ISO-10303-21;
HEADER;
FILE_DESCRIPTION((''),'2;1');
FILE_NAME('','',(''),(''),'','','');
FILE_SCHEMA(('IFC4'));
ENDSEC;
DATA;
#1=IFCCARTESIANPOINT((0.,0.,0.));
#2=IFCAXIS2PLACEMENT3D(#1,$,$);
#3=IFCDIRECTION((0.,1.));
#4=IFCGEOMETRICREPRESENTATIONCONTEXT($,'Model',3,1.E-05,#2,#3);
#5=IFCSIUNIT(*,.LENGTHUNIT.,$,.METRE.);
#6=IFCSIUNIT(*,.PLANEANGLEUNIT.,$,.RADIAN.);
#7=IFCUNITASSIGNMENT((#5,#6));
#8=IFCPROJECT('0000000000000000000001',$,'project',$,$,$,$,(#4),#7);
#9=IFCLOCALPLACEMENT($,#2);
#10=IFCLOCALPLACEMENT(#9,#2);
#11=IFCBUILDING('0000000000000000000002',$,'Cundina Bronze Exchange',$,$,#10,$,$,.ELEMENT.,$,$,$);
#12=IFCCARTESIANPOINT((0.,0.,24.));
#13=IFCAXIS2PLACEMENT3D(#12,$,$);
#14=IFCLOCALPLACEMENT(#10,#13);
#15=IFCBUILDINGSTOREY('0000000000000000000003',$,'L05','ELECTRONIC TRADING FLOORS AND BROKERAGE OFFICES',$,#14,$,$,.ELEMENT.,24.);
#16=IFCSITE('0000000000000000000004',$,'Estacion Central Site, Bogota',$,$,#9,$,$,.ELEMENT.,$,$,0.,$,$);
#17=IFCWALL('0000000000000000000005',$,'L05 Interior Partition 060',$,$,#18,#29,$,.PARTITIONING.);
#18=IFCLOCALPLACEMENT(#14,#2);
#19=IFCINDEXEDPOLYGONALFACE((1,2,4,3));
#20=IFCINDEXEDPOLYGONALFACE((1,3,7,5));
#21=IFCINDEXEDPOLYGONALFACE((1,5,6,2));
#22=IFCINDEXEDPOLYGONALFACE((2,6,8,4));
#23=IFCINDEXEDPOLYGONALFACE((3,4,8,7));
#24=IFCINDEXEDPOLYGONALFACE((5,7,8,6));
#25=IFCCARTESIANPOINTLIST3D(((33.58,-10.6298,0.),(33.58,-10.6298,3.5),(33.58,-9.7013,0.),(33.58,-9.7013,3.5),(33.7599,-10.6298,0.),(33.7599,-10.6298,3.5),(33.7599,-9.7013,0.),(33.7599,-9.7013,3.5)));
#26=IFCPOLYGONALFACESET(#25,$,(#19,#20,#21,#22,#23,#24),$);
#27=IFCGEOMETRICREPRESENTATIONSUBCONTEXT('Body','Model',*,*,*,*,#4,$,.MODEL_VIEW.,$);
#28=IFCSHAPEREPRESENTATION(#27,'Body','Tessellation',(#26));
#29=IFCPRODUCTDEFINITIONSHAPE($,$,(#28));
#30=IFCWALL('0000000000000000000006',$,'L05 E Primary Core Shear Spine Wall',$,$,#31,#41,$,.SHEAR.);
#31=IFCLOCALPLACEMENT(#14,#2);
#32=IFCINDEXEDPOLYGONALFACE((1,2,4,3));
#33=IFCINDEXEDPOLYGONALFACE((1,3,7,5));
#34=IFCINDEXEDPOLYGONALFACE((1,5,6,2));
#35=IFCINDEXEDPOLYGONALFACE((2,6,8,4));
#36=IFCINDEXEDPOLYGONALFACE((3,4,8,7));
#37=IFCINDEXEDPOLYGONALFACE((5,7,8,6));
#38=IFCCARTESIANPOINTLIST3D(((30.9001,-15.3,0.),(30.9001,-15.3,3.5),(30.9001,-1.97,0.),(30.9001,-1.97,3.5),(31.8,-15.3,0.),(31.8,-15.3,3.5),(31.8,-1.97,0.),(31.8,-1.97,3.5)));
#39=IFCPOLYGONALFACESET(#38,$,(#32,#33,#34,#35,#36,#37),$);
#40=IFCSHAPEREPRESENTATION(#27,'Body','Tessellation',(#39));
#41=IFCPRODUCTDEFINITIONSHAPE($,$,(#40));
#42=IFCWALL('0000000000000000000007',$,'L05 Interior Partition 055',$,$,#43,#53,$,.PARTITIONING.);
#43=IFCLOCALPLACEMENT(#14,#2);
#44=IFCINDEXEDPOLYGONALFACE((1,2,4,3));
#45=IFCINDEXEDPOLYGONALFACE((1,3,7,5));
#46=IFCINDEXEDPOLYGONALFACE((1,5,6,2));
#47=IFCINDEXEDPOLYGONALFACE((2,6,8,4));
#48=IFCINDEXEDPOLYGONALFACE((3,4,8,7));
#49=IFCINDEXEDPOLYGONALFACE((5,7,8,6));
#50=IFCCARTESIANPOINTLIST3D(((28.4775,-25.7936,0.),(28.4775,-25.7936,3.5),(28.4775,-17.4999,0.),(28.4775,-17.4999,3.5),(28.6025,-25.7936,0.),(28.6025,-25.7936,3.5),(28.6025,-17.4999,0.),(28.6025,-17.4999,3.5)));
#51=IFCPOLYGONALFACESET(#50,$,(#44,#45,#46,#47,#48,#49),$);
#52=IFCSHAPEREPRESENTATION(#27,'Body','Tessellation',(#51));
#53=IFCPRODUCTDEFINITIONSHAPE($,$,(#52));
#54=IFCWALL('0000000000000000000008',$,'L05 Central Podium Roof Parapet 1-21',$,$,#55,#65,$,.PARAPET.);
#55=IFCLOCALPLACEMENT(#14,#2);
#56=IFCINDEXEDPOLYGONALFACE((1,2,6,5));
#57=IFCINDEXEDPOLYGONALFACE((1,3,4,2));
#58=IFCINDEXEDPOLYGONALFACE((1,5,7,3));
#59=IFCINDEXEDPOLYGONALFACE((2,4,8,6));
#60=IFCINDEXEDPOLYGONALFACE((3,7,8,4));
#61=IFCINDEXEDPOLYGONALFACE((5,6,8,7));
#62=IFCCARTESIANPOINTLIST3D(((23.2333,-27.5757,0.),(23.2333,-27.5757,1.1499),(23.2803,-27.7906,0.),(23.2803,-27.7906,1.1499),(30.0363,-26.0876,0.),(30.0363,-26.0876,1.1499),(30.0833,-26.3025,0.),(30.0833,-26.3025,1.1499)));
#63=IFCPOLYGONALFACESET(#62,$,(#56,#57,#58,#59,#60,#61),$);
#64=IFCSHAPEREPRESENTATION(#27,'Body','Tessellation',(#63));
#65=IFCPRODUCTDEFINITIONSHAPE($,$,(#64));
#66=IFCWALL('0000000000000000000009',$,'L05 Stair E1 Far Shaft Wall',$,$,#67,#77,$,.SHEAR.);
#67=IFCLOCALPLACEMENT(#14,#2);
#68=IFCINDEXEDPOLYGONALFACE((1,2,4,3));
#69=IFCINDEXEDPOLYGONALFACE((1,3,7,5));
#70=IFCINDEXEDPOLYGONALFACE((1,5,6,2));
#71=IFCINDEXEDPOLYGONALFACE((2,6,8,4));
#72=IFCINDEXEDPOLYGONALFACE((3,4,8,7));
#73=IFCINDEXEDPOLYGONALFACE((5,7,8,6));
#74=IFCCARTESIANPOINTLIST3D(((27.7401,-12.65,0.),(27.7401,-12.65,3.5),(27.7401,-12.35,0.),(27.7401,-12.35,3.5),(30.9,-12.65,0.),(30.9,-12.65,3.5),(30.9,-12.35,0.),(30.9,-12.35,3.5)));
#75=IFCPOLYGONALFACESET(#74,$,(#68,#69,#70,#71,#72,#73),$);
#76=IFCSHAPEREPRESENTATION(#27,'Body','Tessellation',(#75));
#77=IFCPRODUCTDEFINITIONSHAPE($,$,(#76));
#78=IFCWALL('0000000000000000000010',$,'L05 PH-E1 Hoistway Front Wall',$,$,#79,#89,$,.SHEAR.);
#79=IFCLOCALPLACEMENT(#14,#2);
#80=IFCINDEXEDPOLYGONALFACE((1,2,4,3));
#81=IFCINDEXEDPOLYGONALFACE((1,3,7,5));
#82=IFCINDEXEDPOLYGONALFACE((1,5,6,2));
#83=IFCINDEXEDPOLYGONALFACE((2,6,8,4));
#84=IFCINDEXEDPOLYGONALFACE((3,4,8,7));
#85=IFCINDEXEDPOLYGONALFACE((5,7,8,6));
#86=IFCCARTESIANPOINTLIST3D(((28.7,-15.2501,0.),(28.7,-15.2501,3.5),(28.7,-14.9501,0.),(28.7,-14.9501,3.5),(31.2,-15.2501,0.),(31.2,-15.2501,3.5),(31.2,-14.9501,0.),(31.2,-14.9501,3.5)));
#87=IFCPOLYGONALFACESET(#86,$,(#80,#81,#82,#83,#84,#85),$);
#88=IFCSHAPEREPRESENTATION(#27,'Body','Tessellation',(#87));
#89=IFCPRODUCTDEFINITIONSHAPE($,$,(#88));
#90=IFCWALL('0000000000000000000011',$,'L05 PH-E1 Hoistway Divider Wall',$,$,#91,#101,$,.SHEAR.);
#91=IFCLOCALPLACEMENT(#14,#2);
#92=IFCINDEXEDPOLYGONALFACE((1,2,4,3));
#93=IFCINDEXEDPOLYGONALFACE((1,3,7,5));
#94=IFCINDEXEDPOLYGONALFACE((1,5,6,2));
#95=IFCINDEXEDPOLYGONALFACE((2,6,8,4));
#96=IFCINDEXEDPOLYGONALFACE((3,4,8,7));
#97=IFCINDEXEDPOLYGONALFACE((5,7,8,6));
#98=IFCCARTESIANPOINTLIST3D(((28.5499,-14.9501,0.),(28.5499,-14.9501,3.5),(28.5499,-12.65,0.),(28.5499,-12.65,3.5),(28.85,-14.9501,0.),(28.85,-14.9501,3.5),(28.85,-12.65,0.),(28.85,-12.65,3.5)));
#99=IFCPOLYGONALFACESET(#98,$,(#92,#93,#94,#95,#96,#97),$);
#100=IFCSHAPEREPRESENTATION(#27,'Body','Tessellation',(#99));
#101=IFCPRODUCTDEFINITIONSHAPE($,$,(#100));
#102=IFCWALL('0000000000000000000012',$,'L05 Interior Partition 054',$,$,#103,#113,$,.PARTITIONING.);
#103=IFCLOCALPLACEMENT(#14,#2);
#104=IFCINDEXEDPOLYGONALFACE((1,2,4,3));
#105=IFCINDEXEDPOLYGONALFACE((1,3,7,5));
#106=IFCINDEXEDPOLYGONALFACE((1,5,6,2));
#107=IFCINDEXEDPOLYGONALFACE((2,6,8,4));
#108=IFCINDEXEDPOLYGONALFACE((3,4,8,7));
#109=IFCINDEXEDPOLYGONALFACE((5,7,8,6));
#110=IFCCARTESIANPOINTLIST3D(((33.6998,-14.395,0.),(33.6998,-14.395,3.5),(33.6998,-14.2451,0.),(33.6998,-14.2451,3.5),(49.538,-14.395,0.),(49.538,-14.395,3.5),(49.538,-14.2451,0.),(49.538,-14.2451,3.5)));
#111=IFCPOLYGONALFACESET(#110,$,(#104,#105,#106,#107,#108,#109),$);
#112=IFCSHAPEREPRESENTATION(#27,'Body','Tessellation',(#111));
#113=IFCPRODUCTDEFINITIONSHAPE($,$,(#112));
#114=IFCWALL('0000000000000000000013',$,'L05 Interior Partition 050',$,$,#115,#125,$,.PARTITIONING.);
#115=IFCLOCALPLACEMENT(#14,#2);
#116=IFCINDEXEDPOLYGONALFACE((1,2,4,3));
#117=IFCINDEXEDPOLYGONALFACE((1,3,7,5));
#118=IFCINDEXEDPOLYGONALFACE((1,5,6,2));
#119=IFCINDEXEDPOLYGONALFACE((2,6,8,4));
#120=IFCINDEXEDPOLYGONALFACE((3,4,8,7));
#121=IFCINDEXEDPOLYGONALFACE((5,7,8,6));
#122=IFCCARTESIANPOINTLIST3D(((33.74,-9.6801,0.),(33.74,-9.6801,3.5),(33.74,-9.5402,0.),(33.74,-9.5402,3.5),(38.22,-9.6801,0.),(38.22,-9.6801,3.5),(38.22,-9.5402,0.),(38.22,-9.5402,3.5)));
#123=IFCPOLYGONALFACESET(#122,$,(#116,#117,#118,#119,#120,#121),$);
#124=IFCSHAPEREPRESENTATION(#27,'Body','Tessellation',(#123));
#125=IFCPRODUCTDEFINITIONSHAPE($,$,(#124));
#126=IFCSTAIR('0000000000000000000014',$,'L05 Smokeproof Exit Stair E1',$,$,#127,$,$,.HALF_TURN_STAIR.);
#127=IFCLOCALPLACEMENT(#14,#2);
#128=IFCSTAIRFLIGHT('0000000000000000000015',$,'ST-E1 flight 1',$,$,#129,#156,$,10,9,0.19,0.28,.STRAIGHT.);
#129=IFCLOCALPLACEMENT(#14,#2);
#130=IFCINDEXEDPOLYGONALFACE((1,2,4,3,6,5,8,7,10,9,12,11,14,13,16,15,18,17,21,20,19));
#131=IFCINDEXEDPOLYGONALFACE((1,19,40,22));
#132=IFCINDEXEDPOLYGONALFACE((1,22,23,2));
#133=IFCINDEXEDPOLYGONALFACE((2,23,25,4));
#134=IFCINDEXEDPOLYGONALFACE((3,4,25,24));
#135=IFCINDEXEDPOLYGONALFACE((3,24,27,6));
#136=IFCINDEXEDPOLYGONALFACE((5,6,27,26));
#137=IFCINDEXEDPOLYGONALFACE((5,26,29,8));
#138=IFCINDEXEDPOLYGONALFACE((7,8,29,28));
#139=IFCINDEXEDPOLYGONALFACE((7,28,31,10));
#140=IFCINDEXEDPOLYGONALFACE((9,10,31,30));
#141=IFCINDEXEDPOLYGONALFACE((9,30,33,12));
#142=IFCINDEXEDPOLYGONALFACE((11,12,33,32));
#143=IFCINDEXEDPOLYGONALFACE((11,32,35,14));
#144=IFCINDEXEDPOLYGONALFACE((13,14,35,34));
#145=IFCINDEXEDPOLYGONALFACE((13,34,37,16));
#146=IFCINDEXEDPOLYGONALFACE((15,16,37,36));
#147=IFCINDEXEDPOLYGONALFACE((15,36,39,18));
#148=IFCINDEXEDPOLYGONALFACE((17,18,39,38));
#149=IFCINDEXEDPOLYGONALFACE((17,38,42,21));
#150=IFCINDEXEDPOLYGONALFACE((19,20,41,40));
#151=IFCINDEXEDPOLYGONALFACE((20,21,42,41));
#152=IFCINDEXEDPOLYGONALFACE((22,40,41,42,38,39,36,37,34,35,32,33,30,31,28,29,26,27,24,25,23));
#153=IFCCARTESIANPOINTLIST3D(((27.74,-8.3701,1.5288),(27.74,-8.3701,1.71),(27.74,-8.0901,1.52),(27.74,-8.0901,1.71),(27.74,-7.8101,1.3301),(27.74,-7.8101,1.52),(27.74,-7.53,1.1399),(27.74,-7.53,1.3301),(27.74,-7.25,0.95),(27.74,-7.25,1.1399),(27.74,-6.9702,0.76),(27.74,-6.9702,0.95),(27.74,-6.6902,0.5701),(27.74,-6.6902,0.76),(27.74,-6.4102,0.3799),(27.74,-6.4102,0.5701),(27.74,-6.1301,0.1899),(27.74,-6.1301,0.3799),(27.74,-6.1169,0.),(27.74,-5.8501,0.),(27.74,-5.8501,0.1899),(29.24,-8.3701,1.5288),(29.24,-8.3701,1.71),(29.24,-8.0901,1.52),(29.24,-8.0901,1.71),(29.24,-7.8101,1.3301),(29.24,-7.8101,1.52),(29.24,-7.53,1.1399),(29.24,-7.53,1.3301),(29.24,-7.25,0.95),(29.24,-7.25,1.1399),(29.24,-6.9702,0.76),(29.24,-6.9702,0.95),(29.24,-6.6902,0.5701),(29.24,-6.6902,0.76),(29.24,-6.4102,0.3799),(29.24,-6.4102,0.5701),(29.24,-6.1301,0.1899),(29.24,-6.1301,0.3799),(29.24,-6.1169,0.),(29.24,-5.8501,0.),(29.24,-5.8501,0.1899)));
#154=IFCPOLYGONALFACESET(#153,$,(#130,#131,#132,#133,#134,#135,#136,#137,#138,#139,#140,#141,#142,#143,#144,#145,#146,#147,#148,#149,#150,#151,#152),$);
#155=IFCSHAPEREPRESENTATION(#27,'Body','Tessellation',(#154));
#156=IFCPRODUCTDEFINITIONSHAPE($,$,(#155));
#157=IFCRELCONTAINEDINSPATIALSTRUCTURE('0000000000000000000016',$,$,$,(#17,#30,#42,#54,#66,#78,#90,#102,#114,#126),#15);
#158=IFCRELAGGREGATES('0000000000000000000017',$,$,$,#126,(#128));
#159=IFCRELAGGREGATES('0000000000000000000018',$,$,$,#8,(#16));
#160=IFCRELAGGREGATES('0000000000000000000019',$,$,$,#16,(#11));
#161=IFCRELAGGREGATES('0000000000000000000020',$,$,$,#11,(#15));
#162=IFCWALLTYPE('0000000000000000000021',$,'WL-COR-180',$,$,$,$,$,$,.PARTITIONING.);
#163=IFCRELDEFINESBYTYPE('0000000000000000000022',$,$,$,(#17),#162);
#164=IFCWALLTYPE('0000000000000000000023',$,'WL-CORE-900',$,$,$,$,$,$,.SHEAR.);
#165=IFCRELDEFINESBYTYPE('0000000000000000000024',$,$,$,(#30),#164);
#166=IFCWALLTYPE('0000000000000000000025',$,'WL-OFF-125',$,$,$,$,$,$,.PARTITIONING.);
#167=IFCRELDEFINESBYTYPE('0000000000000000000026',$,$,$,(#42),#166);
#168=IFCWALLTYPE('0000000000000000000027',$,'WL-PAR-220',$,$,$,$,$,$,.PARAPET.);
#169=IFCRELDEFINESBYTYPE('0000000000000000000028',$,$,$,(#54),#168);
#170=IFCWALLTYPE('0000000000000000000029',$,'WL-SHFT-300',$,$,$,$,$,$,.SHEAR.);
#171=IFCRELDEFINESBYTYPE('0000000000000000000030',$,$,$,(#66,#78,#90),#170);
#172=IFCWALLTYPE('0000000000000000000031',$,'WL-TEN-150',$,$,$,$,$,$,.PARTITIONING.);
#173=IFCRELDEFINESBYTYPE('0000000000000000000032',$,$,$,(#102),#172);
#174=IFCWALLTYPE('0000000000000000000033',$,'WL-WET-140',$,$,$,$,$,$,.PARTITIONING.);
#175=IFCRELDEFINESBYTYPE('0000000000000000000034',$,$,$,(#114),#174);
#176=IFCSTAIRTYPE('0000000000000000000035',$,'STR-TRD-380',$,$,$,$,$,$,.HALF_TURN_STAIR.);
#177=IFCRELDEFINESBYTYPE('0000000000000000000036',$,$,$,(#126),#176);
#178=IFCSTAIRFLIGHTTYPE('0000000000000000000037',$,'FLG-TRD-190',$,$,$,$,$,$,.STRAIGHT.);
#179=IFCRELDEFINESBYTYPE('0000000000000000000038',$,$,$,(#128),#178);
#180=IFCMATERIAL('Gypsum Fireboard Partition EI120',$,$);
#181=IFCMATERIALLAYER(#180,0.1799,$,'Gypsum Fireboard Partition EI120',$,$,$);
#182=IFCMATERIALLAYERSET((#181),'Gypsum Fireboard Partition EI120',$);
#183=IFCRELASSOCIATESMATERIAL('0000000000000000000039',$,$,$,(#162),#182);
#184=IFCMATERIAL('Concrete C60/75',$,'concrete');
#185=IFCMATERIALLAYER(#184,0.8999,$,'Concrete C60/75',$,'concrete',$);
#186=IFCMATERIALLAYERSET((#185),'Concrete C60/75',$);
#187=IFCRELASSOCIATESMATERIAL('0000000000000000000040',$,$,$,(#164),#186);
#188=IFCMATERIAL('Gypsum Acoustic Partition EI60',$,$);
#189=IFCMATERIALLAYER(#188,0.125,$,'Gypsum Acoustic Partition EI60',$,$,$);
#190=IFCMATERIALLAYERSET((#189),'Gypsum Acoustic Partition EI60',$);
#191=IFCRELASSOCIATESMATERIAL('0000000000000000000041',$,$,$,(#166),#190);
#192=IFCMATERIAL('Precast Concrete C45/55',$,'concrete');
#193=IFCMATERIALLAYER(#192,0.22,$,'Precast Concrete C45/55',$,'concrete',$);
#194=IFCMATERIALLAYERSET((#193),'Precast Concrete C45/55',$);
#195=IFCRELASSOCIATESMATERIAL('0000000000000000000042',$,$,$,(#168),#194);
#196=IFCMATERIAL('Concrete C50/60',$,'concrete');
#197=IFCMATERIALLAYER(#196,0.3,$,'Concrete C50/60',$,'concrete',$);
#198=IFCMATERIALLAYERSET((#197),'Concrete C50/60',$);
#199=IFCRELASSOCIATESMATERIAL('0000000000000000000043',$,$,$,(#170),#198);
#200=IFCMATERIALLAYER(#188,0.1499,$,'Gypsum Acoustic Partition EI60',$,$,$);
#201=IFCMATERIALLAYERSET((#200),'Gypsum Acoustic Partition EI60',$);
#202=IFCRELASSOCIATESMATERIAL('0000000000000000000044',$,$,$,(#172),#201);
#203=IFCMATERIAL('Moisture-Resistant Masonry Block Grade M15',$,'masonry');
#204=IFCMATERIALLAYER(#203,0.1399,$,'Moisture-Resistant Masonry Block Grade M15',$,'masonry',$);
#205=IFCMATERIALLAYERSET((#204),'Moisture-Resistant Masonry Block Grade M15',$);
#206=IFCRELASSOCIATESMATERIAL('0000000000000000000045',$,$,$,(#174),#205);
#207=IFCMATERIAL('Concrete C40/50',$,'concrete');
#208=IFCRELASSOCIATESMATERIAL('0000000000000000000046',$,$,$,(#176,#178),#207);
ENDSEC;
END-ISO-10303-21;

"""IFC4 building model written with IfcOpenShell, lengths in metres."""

from ifc_helpers import new_model, si_unit, direction, frame, frame_2d, origin, place, context, subcontext, project, spatial, polyline, rectangle, outline, extrude, material, layer, layer_set, type_object, element, aggregate, save


model = new_model("IFC4")

# Units and contexts
model_context = context("Model", 3, precision=1e-05, world=origin(), true_north=direction((0.0, 1.0)))
body_context = subcontext(model_context, "Body", "Model", "MODEL_VIEW")
ifc_project = project(units=[si_unit("LENGTHUNIT", "METRE"), si_unit("PLANEANGLEUNIT", "RADIAN")], contexts=[model_context])

# Site, building, storey
site_placement = place(None, origin())
site = spatial("IfcSite", under=ifc_project, at=site_placement, Name="Estacion Central Site, Bogota", CompositionType="ELEMENT", RefElevation=0.0)
building_placement = place(site_placement, origin())
building = spatial("IfcBuilding", under=site, at=building_placement, Name="Cundina Bronze Exchange", CompositionType="ELEMENT")
storey_placement = place(building_placement, frame((0.0, 0.0, 24.0)))
storey = spatial("IfcBuildingStorey", under=building, at=storey_placement, Name="L05", Description="ELECTRONIC TRADING FLOORS AND BROKERAGE OFFICES", CompositionType="ELEMENT", Elevation=24.0)

# Shared definitions
ifc_material_1 = material(Name="Concrete C60/75", Category="concrete")

# Shared definitions
ifc_material_2 = material(Name="Gypsum Fireboard Partition EI120")
ifc_layer_1 = layer(ifc_material_2, 0.1799, Name="Gypsum Fireboard Partition EI120")
ifc_layer_set_1 = layer_set([ifc_layer_1], Name="Gypsum Fireboard Partition EI120")
wall_type_1 = type_object("IfcWallType", Name="WL-COR-180", PredefinedType="PARTITIONING", material=ifc_layer_set_1)

# Walls
wall_1_placement = place(storey_placement, frame((33.6699, -10.6299, 0.0), z_axis=(0.0, 0.0, 1.0), x_axis=(0.0, 1.0, 0.0)))
element("IfcWall", 1, at=wall_1_placement, inside=storey, type_object=wall_type_1, Name="L05 Interior Partition 060", PredefinedType="PARTITIONING", context=body_context, shape_type="SweptSolid", body=[
    extrude(rectangle(XDim=0.9285, YDim=0.1799, at=frame_2d((0.4644, 0.0))), origin(), (0.0, 0.0, 1.0), 3.5),
])
ifc_layer_2 = layer(ifc_material_1, 0.8999, Name="Concrete C60/75", Category="concrete")
ifc_layer_set_2 = layer_set([ifc_layer_2], Name="Concrete C60/75")
wall_type_2 = type_object("IfcWallType", Name="WL-CORE-900", PredefinedType="SHEAR", material=ifc_layer_set_2)
wall_2_placement = place(storey_placement, frame((31.3501, -15.3, 0.0), z_axis=(0.0, 0.0, 1.0), x_axis=(0.0, 1.0, 0.0)))
element("IfcWall", 2, at=wall_2_placement, inside=storey, type_object=wall_type_2, Name="L05 E Primary Core Shear Spine Wall", PredefinedType="SHEAR", context=body_context, shape_type="SweptSolid", body=[
    extrude(rectangle(XDim=13.3301, YDim=0.8999, at=frame_2d((6.665, 0.0))), origin(), (0.0, 0.0, 1.0), 3.5),
])
ifc_material_3 = material(Name="Gypsum Acoustic Partition EI60")
ifc_layer_3 = layer(ifc_material_3, 0.125, Name="Gypsum Acoustic Partition EI60")
ifc_layer_set_3 = layer_set([ifc_layer_3], Name="Gypsum Acoustic Partition EI60")
wall_type_3 = type_object("IfcWallType", Name="WL-OFF-125", PredefinedType="PARTITIONING", material=ifc_layer_set_3)
wall_3_placement = place(storey_placement, frame((28.54, -25.7937, 0.0), z_axis=(0.0, 0.0, 1.0), x_axis=(0.0, 1.0, 0.0)))
element("IfcWall", 3, at=wall_3_placement, inside=storey, type_object=wall_type_3, Name="L05 Interior Partition 055", PredefinedType="PARTITIONING", context=body_context, shape_type="SweptSolid", body=[
    extrude(rectangle(XDim=8.2937, YDim=0.125, at=frame_2d((4.147, 0.0))), origin(), (0.0, 0.0, 1.0), 3.5),
])
ifc_material_4 = material(Name="Precast Concrete C45/55", Category="concrete")
ifc_layer_4 = layer(ifc_material_4, 0.22, Name="Precast Concrete C45/55", Category="concrete")
ifc_layer_set_4 = layer_set([ifc_layer_4], Name="Precast Concrete C45/55")
wall_type_4 = type_object("IfcWallType", Name="WL-PAR-220", PredefinedType="PARAPET", material=ifc_layer_set_4)
wall_4_placement = place(storey_placement, frame((30.0598, -26.1951, 0.0), z_axis=(0.0, 0.0, 1.0), x_axis=(-0.976903, -0.213681, 0.0)))
element("IfcWall", 4, at=wall_4_placement, inside=storey, type_object=wall_type_4, Name="L05 Central Podium Roof Parapet 1-21", PredefinedType="PARAPET", context=body_context, shape_type="SweptSolid", body=[
    extrude(rectangle(XDim=6.9639, YDim=0.22, at=frame_2d((3.4819, 0.0))), origin(), (0.0, 0.0, 1.0), 1.1499),
])
ifc_material_5 = material(Name="Concrete C50/60", Category="concrete")
ifc_layer_5 = layer(ifc_material_5, 0.3, Name="Concrete C50/60", Category="concrete")
ifc_layer_set_5 = layer_set([ifc_layer_5], Name="Concrete C50/60")
wall_type_5 = type_object("IfcWallType", Name="WL-SHFT-300", PredefinedType="SHEAR", material=ifc_layer_set_5)
wall_5_placement = place(storey_placement, frame((27.74, -12.5, 0.0), z_axis=(0.0, 0.0, 1.0), x_axis=(1.0, 0.0, 0.0)))
element("IfcWall", 5, at=wall_5_placement, inside=storey, type_object=wall_type_5, Name="L05 Stair E1 Far Shaft Wall", PredefinedType="SHEAR", context=body_context, shape_type="SweptSolid", body=[
    extrude(rectangle(XDim=3.1599, YDim=0.3, at=frame_2d((1.5801, 0.0))), origin(), (0.0, 0.0, 1.0), 3.5),
])
wall_6_placement = place(storey_placement, frame((28.7, -15.1001, 0.0), z_axis=(0.0, 0.0, 1.0), x_axis=(1.0, 0.0, 0.0)))
element("IfcWall", 6, at=wall_6_placement, inside=storey, type_object=wall_type_5, Name="L05 PH-E1 Hoistway Front Wall", PredefinedType="SHEAR", context=body_context, shape_type="SweptSolid", body=[
    extrude(rectangle(XDim=2.5, YDim=0.3, at=frame_2d((1.25, 0.0))), origin(), (0.0, 0.0, 1.0), 3.5),
])
wall_7_placement = place(storey_placement, frame((28.7, -14.95, 0.0), z_axis=(0.0, 0.0, 1.0), x_axis=(0.0, 1.0, 0.0)))
element("IfcWall", 7, at=wall_7_placement, inside=storey, type_object=wall_type_5, Name="L05 PH-E1 Hoistway Divider Wall", PredefinedType="SHEAR", context=body_context, shape_type="SweptSolid", body=[
    extrude(rectangle(XDim=2.3, YDim=0.3, at=frame_2d((1.1499, 0.0))), origin(), (0.0, 0.0, 1.0), 3.5),
])
ifc_layer_6 = layer(ifc_material_3, 0.1499, Name="Gypsum Acoustic Partition EI60")
ifc_layer_set_6 = layer_set([ifc_layer_6], Name="Gypsum Acoustic Partition EI60")
wall_type_6 = type_object("IfcWallType", Name="WL-TEN-150", PredefinedType="PARTITIONING", material=ifc_layer_set_6)
wall_8_placement = place(storey_placement, frame((33.7, -14.3201, 0.0), z_axis=(0.0, 0.0, 1.0), x_axis=(1.0, 0.0, 0.0)))
element("IfcWall", 8, at=wall_8_placement, inside=storey, type_object=wall_type_6, Name="L05 Interior Partition 054", PredefinedType="PARTITIONING", context=body_context, shape_type="SweptSolid", body=[
    extrude(rectangle(XDim=15.8381, YDim=0.1499, at=frame_2d((7.9189, 0.0))), origin(), (0.0, 0.0, 1.0), 3.5),
])
ifc_material_6 = material(Name="Moisture-Resistant Masonry Block Grade M15", Category="masonry")
ifc_layer_7 = layer(ifc_material_6, 0.1399, Name="Moisture-Resistant Masonry Block Grade M15", Category="masonry")
ifc_layer_set_7 = layer_set([ifc_layer_7], Name="Moisture-Resistant Masonry Block Grade M15")
wall_type_7 = type_object("IfcWallType", Name="WL-WET-140", PredefinedType="PARTITIONING", material=ifc_layer_set_7)
wall_9_placement = place(storey_placement, frame((33.74, -9.6101, 0.0), z_axis=(0.0, 0.0, 1.0), x_axis=(1.0, 0.0, 0.0)))
element("IfcWall", 9, at=wall_9_placement, inside=storey, type_object=wall_type_7, Name="L05 Interior Partition 050", PredefinedType="PARTITIONING", context=body_context, shape_type="SweptSolid", body=[
    extrude(rectangle(XDim=4.48, YDim=0.1399, at=frame_2d((2.24, 0.0))), origin(), (0.0, 0.0, 1.0), 3.5),
])

# Stair, stair flight
ifc_material_7 = material(Name="Concrete C40/50", Category="concrete")
stair_type = type_object("IfcStairType", Name="STR-TRD-380", PredefinedType="HALF_TURN_STAIR", material=ifc_material_7)
stair_placement = place(storey_placement, origin())
stair = element("IfcStair", 10, at=stair_placement, inside=storey, type_object=stair_type, Name="L05 Smokeproof Exit Stair E1", PredefinedType="HALF_TURN_STAIR")
stair_flight_type = type_object("IfcStairFlightType", Name="FLG-TRD-190", PredefinedType="STRAIGHT", material=ifc_material_7)
stair_flight_1_placement = place(storey_placement, frame((28.49, -5.8501, 0.0), z_axis=(0.0, 0.0, 1.0), x_axis=(0.0, -1.0, 0.0)))
stair_flight_1 = element("IfcStairFlight", 11, at=stair_flight_1_placement, type_object=stair_flight_type, Name="ST-E1 flight 1", NumberOfRisers=10, NumberOfTreads=9, PredefinedType="STRAIGHT", RiserHeight=0.19, TreadLength=0.28, context=body_context, shape_type="SweptSolid", body=[
    extrude(outline(polyline([(0.0, 0.0), (0.0, 0.1899), (0.28, 0.1899), (0.28, 0.3799), (0.5601, 0.3799), (0.5601, 0.5701), (0.8401, 0.5701), (0.8401, 0.76), (1.1201, 0.76), (1.1201, 0.95), (1.3999, 0.95), (1.3999, 1.1399), (1.6799, 1.1399), (1.6799, 1.3301), (1.96, 1.3301), (1.96, 1.52), (2.24, 1.52), (2.24, 1.71), (2.52, 1.71), (2.52, 1.8999), (2.52, 1.5288), (0.2668, 0.0), (0.0, 0.0)])), frame((0.0, 0.75, 0.0), z_axis=(0.0, -1.0, 0.0), x_axis=(1.0, 0.0, 0.0)), (0.0, 0.0, 1.0), 1.5),
])
aggregate(stair, [stair_flight_1])

save(model, "model.ifc")
